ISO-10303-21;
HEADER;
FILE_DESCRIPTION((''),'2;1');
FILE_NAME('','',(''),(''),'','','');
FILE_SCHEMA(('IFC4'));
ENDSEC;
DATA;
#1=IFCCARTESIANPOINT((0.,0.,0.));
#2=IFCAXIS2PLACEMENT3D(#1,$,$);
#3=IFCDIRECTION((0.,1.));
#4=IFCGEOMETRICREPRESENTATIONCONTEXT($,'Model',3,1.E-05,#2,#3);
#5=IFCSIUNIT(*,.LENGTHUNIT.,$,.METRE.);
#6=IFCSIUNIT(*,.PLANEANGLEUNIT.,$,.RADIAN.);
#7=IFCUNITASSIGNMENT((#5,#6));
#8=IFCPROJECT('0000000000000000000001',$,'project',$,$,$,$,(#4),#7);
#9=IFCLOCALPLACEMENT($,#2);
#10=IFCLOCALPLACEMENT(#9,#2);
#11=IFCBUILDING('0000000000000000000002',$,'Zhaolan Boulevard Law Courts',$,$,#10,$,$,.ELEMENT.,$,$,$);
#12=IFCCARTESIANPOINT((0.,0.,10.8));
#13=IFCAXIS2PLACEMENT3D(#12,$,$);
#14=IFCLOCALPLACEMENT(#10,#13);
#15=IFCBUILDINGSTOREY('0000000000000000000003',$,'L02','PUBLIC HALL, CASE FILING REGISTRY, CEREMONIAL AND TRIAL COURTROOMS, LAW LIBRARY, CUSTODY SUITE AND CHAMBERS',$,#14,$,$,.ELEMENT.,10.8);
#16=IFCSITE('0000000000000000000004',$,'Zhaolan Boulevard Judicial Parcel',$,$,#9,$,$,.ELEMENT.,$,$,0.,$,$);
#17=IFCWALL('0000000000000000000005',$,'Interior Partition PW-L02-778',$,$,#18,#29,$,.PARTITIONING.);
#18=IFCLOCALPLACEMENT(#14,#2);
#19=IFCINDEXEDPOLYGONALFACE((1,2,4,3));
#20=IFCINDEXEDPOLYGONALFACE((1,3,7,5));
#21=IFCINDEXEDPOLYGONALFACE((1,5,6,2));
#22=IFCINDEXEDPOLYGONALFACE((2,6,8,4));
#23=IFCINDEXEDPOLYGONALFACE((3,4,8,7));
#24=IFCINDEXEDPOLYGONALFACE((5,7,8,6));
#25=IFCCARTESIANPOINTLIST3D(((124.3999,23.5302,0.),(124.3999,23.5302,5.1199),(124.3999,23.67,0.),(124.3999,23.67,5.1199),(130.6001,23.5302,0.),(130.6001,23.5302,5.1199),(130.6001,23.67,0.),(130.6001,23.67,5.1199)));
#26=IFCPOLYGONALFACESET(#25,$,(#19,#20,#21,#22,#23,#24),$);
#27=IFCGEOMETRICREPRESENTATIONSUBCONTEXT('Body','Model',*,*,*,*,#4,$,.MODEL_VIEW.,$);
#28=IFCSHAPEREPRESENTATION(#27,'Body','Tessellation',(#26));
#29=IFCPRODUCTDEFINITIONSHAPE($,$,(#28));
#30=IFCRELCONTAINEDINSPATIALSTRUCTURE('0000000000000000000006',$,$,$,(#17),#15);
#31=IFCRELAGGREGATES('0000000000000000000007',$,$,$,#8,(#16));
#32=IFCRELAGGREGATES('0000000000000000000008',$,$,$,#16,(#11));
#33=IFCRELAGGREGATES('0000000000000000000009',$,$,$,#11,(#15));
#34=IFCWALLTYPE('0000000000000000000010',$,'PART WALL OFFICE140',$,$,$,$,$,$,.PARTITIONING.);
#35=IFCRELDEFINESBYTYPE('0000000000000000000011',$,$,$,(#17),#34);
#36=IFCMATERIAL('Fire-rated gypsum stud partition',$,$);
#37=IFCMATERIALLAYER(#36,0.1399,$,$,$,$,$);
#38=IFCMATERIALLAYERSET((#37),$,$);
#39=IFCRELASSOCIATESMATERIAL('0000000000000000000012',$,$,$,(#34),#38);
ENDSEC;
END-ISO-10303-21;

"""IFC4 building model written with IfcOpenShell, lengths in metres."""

from ifc_helpers import new_model, si_unit, direction, frame, frame_2d, origin, place, context, subcontext, project, spatial, rectangle, extrude, material, layer, layer_set, type_object, element, save


model = new_model("IFC4")

# Units and contexts
model_context = context("Model", 3, precision=1e-05, world=origin(), true_north=direction((0.0, 1.0)))
body_context = subcontext(model_context, "Body", "Model", "MODEL_VIEW")
ifc_project = project(units=[si_unit("LENGTHUNIT", "METRE"), si_unit("PLANEANGLEUNIT", "RADIAN")], contexts=[model_context])

# Site, building, storey
site_placement = place(None, origin())
site = spatial("IfcSite", under=ifc_project, at=site_placement, Name="Zhaolan Boulevard Judicial Parcel", CompositionType="ELEMENT", RefElevation=0.0)
building_placement = place(site_placement, origin())
building = spatial("IfcBuilding", under=site, at=building_placement, Name="Zhaolan Boulevard Law Courts", CompositionType="ELEMENT")
storey_placement = place(building_placement, frame((0.0, 0.0, 10.8)))
storey = spatial("IfcBuildingStorey", under=building, at=storey_placement, Name="L02", Description="PUBLIC HALL, CASE FILING REGISTRY, CEREMONIAL AND TRIAL COURTROOMS, LAW LIBRARY, CUSTODY SUITE AND CHAMBERS", CompositionType="ELEMENT", Elevation=10.8)

# Shared definitions
ifc_material_1 = material(Name="Fire-rated gypsum stud partition")
ifc_layer_1 = layer(ifc_material_1, 0.1399)
ifc_layer_set_1 = layer_set([ifc_layer_1])
wall_type_1 = type_object("IfcWallType", Name="PART WALL OFFICE140", PredefinedType="PARTITIONING", material=ifc_layer_set_1)

# Wall
wall_1_placement = place(storey_placement, frame((130.6001, 23.6001, 0.0), z_axis=(0.0, 0.0, 1.0), x_axis=(-1.0, 0.0, 0.0)))
element("IfcWall", 1, at=wall_1_placement, inside=storey, type_object=wall_type_1, Name="Interior Partition PW-L02-778", PredefinedType="PARTITIONING", context=body_context, shape_type="SweptSolid", body=[
    extrude(rectangle(XDim=6.2002, YDim=0.1399, at=frame_2d((3.1001, 0.0))), origin(), (0.0, 0.0, 1.0), 5.1199),
])

save(model, "model.ifc")
